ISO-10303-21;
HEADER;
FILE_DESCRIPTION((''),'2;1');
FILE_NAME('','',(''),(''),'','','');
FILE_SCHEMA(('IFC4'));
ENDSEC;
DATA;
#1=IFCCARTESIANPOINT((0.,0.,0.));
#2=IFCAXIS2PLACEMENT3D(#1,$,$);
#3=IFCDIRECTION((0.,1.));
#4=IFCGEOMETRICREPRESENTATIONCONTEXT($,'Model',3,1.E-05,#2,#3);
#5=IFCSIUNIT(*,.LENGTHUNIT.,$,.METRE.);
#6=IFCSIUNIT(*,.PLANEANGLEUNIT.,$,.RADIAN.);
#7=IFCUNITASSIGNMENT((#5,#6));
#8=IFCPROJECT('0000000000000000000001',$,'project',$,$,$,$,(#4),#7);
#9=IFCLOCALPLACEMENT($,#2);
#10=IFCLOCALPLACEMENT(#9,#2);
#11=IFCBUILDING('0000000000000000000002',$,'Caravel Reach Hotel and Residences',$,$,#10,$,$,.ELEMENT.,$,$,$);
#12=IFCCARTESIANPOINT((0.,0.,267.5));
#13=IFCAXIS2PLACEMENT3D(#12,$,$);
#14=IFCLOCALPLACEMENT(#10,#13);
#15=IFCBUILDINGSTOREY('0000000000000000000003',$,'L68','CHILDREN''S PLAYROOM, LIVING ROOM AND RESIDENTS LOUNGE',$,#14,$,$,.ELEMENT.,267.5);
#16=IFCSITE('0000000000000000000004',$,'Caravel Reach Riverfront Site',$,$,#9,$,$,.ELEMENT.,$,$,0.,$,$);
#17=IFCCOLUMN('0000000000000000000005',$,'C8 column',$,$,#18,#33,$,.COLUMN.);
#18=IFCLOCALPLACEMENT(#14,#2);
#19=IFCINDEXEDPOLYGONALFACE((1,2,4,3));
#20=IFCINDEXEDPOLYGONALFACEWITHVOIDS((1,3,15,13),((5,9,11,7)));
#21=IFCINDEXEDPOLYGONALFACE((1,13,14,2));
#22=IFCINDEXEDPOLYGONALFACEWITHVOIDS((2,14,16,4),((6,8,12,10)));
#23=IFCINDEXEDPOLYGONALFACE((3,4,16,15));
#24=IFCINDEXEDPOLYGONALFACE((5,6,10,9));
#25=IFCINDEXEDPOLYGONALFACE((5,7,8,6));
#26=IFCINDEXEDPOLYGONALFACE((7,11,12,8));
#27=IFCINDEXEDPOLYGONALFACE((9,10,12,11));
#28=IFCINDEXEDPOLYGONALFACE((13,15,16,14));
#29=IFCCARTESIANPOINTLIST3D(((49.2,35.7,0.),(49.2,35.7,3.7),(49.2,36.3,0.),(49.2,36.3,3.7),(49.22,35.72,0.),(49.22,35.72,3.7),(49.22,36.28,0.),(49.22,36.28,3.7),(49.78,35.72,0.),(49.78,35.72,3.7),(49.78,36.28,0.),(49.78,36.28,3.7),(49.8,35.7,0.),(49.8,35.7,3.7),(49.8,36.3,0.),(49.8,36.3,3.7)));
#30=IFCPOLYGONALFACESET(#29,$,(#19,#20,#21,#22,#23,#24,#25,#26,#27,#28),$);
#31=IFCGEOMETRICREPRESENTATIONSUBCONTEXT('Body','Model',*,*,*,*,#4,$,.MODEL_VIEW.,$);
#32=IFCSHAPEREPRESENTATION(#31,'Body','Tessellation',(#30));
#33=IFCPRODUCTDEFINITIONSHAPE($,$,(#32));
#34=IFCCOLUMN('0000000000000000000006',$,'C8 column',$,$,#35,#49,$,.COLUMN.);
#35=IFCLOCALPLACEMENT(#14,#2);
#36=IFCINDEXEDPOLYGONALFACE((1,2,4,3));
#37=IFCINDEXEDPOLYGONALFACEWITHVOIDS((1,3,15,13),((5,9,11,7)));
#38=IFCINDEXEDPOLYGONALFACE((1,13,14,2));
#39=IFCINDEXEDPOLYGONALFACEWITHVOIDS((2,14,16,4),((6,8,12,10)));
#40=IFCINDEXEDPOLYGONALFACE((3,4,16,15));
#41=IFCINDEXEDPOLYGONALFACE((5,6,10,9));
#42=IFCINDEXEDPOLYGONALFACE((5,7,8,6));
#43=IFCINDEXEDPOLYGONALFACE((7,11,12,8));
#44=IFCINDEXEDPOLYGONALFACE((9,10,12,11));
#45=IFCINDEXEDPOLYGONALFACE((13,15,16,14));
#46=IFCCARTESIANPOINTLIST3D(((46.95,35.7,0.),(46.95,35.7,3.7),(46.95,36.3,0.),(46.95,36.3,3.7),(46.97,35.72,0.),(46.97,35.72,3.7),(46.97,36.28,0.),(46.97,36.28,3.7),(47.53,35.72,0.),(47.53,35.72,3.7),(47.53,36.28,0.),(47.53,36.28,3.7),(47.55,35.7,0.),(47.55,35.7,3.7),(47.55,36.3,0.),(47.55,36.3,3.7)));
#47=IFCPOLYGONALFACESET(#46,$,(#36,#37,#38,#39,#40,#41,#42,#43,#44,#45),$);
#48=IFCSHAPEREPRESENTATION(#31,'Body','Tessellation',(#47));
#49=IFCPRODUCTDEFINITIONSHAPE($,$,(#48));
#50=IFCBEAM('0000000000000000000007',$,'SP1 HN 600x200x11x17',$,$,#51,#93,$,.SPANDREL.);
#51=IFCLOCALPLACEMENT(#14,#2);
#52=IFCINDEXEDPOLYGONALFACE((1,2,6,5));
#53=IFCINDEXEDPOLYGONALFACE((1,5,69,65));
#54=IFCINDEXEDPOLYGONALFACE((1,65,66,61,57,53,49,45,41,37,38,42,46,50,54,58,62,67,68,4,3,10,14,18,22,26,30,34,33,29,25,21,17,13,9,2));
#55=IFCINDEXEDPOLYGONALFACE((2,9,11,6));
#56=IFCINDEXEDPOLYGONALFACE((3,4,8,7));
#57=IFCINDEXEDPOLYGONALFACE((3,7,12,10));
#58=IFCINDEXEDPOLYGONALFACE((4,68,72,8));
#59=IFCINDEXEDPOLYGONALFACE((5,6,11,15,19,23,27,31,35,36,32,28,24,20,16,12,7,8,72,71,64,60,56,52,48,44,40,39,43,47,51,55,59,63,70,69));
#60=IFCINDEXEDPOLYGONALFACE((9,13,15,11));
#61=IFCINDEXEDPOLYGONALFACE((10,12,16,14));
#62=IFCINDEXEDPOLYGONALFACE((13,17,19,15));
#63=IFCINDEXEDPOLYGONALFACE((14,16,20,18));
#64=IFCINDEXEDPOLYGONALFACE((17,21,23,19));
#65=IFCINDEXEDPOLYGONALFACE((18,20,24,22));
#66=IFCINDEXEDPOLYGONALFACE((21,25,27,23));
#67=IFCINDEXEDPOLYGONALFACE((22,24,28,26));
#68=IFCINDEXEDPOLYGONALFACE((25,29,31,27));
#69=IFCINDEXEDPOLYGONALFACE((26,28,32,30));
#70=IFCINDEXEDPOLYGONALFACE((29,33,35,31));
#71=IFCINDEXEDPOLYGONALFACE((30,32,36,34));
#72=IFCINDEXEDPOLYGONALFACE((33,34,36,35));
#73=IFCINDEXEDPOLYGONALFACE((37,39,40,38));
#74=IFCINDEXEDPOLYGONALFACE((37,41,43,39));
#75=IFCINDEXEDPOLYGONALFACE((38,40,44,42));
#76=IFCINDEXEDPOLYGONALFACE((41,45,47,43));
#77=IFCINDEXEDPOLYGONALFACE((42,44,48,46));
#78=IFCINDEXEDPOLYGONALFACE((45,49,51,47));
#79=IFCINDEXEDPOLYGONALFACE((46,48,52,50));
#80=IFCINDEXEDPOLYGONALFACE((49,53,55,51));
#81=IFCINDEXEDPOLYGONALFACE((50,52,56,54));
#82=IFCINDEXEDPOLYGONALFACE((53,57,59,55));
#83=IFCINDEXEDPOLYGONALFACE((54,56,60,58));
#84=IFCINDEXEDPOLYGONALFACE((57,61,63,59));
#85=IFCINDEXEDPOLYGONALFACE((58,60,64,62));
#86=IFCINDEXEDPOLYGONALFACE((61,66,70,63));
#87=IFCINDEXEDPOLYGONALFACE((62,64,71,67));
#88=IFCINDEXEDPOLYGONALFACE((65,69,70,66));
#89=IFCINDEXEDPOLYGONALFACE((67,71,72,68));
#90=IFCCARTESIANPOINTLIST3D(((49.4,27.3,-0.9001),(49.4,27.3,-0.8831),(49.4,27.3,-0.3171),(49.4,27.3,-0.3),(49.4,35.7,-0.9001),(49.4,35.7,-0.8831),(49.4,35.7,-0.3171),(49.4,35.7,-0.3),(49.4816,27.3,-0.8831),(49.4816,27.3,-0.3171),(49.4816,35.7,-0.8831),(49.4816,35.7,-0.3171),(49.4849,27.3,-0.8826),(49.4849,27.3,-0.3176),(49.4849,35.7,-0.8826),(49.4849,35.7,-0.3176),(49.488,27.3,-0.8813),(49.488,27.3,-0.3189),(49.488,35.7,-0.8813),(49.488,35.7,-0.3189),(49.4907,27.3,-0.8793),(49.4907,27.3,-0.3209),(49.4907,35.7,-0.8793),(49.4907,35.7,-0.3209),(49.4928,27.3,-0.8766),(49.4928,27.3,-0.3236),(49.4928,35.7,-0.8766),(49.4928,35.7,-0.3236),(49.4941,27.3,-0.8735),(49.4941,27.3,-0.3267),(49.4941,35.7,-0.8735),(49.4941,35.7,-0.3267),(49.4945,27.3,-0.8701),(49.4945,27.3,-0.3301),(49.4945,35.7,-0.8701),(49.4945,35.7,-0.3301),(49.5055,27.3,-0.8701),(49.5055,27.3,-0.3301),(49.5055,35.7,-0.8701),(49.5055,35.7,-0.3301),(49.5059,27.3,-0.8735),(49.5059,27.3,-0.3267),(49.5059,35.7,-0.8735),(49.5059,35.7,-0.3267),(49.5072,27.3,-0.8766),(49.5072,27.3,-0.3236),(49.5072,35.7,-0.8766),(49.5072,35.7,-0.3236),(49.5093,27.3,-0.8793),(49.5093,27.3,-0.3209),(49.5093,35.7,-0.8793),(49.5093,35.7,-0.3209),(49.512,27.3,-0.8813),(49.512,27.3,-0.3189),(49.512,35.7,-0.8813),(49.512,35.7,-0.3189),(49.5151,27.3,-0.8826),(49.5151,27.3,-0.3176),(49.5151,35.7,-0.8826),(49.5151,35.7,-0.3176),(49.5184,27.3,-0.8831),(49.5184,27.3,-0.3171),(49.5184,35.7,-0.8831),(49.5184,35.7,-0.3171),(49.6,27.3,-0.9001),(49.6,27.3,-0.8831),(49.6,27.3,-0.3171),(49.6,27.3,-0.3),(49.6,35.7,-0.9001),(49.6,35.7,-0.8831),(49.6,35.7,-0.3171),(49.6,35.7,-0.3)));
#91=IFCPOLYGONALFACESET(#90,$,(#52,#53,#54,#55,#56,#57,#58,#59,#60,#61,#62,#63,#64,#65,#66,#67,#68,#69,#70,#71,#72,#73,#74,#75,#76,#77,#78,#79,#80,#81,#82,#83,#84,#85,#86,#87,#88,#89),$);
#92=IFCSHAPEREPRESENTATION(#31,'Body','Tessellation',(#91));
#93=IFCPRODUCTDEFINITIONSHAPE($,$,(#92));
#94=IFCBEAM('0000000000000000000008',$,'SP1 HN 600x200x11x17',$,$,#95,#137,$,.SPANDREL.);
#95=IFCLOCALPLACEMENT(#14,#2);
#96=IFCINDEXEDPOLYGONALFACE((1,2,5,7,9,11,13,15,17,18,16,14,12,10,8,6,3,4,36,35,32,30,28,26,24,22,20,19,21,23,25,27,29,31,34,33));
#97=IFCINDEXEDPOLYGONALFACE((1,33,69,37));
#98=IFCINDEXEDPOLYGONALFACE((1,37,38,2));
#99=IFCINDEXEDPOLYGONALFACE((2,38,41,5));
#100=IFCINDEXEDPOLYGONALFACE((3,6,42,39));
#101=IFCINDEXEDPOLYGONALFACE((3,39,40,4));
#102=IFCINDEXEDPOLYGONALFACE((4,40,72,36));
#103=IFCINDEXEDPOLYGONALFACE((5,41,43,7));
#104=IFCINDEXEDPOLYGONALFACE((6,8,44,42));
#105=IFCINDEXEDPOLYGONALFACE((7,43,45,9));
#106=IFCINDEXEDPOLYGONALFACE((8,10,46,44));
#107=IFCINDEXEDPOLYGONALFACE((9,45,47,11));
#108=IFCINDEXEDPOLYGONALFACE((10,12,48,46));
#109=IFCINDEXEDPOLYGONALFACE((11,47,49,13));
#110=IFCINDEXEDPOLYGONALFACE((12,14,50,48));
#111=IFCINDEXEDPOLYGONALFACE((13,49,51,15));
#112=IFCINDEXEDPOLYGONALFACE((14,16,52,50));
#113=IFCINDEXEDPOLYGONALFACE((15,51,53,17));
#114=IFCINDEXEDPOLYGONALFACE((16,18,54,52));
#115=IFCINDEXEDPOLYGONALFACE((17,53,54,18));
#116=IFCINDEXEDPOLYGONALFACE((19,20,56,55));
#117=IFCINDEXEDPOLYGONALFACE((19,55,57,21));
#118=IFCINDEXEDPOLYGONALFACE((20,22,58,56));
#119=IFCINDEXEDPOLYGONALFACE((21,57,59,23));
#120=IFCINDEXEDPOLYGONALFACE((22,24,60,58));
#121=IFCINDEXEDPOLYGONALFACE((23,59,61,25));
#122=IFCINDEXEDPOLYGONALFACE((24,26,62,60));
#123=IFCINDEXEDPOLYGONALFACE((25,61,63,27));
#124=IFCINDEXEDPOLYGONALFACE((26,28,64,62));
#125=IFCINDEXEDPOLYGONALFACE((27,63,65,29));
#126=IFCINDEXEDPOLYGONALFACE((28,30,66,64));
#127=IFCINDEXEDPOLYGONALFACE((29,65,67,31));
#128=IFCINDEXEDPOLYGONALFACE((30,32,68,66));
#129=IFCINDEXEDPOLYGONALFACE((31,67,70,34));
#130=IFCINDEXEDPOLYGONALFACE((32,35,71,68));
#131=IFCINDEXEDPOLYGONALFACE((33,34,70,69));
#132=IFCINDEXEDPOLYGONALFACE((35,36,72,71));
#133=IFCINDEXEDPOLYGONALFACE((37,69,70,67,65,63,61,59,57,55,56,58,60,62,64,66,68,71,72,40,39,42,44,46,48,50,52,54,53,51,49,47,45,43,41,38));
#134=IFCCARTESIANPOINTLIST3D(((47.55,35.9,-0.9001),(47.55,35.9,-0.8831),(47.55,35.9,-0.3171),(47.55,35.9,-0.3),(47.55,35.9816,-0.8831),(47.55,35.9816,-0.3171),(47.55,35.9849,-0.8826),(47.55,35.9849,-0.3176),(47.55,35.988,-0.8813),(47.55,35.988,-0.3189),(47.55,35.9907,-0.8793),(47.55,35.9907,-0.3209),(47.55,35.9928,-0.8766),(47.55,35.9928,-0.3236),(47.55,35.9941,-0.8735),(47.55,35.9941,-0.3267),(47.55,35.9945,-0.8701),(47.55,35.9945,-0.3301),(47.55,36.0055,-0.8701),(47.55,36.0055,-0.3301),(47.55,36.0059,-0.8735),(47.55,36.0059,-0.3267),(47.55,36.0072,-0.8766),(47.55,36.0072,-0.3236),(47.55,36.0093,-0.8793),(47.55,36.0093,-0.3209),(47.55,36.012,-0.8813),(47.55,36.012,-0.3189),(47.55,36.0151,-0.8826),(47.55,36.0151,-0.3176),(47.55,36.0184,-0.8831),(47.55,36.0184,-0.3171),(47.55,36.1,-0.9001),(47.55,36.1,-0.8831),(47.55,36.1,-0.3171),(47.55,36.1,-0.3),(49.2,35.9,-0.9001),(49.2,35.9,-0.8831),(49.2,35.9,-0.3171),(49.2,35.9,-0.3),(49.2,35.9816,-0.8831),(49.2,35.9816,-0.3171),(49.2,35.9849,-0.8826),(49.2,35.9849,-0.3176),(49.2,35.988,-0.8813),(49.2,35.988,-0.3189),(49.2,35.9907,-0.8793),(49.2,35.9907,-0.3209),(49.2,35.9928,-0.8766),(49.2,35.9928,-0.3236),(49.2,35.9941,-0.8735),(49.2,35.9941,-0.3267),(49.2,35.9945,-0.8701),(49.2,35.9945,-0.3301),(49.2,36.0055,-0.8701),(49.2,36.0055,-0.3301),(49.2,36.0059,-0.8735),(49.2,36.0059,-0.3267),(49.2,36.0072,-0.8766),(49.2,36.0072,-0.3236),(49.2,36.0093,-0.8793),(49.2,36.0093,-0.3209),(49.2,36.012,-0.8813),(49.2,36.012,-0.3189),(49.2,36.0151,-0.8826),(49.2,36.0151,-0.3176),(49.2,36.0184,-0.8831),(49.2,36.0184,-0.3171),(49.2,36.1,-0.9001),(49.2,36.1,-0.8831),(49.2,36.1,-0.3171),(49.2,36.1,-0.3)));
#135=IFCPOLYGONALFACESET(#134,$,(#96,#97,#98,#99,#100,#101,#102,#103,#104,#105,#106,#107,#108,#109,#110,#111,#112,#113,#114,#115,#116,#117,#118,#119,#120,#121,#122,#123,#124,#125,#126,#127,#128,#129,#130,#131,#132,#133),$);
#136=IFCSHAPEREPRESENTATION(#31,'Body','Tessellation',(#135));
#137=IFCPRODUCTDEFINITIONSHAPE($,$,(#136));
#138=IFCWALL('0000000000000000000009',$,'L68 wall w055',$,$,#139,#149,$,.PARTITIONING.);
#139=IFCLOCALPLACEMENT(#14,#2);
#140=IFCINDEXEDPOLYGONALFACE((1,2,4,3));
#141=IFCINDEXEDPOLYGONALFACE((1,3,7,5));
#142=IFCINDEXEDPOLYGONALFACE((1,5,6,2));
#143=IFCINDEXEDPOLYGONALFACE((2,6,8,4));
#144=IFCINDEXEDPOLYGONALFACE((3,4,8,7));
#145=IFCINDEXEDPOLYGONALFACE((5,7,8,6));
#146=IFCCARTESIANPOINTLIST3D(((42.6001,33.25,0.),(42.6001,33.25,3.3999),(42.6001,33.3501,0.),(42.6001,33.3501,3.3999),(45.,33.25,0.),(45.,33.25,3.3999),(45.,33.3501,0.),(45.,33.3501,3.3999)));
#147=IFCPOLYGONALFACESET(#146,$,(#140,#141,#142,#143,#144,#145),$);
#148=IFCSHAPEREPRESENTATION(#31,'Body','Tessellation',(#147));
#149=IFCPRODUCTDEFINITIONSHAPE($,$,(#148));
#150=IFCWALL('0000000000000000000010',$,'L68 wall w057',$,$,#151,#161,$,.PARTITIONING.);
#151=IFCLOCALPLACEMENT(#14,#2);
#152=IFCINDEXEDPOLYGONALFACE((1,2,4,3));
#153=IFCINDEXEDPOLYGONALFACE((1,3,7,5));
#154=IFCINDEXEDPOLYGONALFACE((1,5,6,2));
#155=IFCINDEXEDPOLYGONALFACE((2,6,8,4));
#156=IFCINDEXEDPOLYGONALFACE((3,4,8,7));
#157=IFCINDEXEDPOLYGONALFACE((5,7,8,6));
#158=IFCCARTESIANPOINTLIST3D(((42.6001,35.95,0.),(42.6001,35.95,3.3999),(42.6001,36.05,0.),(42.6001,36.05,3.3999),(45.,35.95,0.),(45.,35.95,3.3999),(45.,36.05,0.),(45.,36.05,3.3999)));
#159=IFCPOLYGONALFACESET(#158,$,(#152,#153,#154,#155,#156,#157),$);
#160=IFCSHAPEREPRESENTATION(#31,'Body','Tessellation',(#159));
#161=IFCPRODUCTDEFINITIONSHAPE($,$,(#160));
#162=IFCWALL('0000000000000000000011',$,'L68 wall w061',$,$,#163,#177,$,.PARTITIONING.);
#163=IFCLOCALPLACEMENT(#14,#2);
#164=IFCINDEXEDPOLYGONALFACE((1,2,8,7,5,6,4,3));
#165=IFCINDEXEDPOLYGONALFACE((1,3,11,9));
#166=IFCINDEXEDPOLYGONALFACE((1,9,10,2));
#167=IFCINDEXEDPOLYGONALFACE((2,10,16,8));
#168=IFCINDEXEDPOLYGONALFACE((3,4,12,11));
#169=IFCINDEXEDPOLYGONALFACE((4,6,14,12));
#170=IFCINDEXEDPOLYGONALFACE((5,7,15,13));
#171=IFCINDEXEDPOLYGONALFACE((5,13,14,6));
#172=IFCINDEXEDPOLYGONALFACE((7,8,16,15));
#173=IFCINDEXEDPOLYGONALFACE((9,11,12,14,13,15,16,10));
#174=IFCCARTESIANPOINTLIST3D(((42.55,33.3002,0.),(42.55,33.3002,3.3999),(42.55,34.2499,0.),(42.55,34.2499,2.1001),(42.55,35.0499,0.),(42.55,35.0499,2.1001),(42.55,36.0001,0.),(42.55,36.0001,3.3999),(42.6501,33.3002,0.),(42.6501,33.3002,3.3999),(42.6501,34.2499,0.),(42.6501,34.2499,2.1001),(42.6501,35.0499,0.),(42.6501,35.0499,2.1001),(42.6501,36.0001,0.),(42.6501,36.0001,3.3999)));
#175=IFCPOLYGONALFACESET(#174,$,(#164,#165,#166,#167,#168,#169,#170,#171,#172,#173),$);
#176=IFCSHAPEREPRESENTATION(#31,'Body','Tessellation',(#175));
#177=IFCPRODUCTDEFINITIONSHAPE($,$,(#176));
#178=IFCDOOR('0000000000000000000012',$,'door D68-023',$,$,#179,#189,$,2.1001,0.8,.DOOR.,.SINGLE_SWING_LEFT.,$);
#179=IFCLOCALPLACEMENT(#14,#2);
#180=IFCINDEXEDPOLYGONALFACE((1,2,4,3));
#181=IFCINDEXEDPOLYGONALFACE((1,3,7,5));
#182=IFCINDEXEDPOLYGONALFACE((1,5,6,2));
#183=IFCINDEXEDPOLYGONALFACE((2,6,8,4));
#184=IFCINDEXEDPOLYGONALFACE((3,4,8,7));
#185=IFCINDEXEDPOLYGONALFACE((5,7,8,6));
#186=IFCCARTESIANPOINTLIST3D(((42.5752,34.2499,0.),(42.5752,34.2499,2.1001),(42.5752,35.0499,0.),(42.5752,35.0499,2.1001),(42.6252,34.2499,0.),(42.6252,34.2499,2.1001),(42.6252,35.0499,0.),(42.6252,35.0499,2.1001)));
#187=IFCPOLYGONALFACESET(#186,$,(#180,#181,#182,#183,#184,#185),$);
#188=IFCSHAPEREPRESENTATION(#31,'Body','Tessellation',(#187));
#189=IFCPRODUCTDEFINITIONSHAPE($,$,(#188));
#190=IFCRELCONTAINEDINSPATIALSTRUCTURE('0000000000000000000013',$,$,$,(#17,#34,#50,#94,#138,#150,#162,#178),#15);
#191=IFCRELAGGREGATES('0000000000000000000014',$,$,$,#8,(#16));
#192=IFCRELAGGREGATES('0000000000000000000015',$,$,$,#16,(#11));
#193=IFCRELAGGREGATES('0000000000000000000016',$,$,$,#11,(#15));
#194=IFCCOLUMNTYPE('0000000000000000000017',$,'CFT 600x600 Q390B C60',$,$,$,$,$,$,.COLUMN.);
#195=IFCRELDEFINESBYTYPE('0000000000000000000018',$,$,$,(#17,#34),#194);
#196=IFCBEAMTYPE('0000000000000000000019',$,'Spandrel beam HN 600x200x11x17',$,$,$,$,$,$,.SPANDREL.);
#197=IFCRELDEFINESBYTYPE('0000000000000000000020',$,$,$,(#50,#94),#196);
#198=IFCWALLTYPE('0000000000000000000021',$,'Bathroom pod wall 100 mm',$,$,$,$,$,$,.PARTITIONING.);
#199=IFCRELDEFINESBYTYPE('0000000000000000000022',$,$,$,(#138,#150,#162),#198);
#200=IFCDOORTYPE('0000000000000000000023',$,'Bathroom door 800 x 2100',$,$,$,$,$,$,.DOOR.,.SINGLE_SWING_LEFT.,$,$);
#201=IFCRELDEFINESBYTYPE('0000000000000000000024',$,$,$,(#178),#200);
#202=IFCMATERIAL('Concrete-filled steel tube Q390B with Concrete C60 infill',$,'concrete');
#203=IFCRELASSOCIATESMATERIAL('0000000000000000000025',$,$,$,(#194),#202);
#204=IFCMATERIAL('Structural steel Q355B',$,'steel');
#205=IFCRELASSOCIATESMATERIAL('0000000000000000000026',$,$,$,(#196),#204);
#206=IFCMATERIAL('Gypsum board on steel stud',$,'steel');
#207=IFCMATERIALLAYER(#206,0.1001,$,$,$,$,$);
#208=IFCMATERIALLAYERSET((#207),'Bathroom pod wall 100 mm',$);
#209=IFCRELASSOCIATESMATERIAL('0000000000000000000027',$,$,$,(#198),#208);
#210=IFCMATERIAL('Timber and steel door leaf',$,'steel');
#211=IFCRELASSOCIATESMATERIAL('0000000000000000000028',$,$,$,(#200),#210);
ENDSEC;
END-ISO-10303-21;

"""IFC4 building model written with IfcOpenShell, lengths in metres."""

from ifc_helpers import new_model, si_unit, direction, frame, frame_2d, origin, origin_2d, place, context, subcontext, project, spatial, rectangle, hollow_rectangle, i_section, extrude, material, layer, layer_set, material_profile, profile_set, type_object, element, fill, save


model = new_model("IFC4")

# Units and contexts
model_context = context("Model", 3, precision=1e-05, world=origin(), true_north=direction((0.0, 1.0)))
body_context = subcontext(model_context, "Body", "Model", "MODEL_VIEW")
ifc_project = project(units=[si_unit("LENGTHUNIT", "METRE"), si_unit("PLANEANGLEUNIT", "RADIAN")], contexts=[model_context])

# Site, building, storey
site_placement = place(None, origin())
site = spatial("IfcSite", under=ifc_project, at=site_placement, Name="Caravel Reach Riverfront Site", CompositionType="ELEMENT", RefElevation=0.0)
building_placement = place(site_placement, origin())
building = spatial("IfcBuilding", under=site, at=building_placement, Name="Caravel Reach Hotel and Residences", CompositionType="ELEMENT")
storey_placement = place(building_placement, frame((0.0, 0.0, 267.5)))
storey = spatial("IfcBuildingStorey", under=building, at=storey_placement, Name="L68", Description="CHILDREN'S PLAYROOM, LIVING ROOM AND RESIDENTS LOUNGE", CompositionType="ELEMENT", Elevation=267.5)

# Columns
ifc_material_1 = material(Name="Concrete-filled steel tube Q390B with Concrete C60 infill", Category="concrete")
ifc_material_profile_1 = material_profile(ifc_material_1, hollow_rectangle(XDim=0.6001, YDim=0.6001, WallThickness=0.02, at=origin_2d()), Name="RHS 600x600x20")
ifc_profile_set_1 = profile_set([ifc_material_profile_1], Name="Concrete-filled steel tube Q390B with Concrete C60 infill")
column_type = type_object("IfcColumnType", Name="CFT 600x600 Q390B C60", PredefinedType="COLUMN", material=ifc_profile_set_1)
for number, where, z_axis, x_axis, name in (
    (1, (49.5, 36.0, 0.0), (0.0, 0.0, 1.0), (1.0, 0.0, 0.0), "C8 column"),
    (2, (47.25, 36.0, 0.0), (0.0, 0.0, 1.0), (1.0, 0.0, 0.0), "C8 column"),
):
    element("IfcColumn", number, at=place(storey_placement, frame(where, z_axis=z_axis, x_axis=x_axis)), inside=storey, type_object=column_type, Name=name, PredefinedType="COLUMN", context=body_context, shape_type="SweptSolid", body=[
        extrude(hollow_rectangle(XDim=0.6001, YDim=0.6001, WallThickness=0.02, at=origin_2d()), origin(), (0.0, 0.0, 1.0), 3.7),
    ])

# Beams
ifc_material_2 = material(Name="Structural steel Q355B", Category="steel")
ifc_material_profile_2 = material_profile(ifc_material_2, i_section(OverallWidth=0.2, OverallDepth=0.6001, WebThickness=0.011, FlangeThickness=0.0171, FilletRadius=0.0129, at=origin_2d()), Name="HN 600x200x11x17")
ifc_profile_set_2 = profile_set([ifc_material_profile_2], Name="Structural steel Q355B")
beam_type = type_object("IfcBeamType", Name="Spandrel beam HN 600x200x11x17", PredefinedType="SPANDREL", material=ifc_profile_set_2)
beam_1_placement = place(storey_placement, frame((49.5, 27.3, -0.6001), z_axis=(0.0, 1.0, 0.0), x_axis=(-1.0, 0.0, 0.0)))
element("IfcBeam", 3, at=beam_1_placement, inside=storey, type_object=beam_type, Name="SP1 HN 600x200x11x17", PredefinedType="SPANDREL", context=body_context, shape_type="SweptSolid", body=[
    extrude(i_section(OverallWidth=0.2, OverallDepth=0.6001, WebThickness=0.011, FlangeThickness=0.0171, FilletRadius=0.0129, at=origin_2d()), origin(), (0.0, 0.0, 1.0), 8.3999),
])
beam_2_placement = place(storey_placement, frame((49.2, 36.0, -0.6001), z_axis=(-1.0, 0.0, 0.0), x_axis=(0.0, -1.0, 0.0)))
element("IfcBeam", 4, at=beam_2_placement, inside=storey, type_object=beam_type, Name="SP1 HN 600x200x11x17", PredefinedType="SPANDREL", context=body_context, shape_type="SweptSolid", body=[
    extrude(i_section(OverallWidth=0.2, OverallDepth=0.6001, WebThickness=0.011, FlangeThickness=0.0171, FilletRadius=0.0129, at=origin_2d()), origin(), (0.0, 0.0, 1.0), 1.6499),
])

# Walls
ifc_material_3 = material(Name="Gypsum board on steel stud", Category="steel")
ifc_layer_1 = layer(ifc_material_3, 0.1001)
ifc_layer_set_1 = layer_set([ifc_layer_1], Name="Bathroom pod wall 100 mm")
wall_type_1 = type_object("IfcWallType", Name="Bathroom pod wall 100 mm", PredefinedType="PARTITIONING", material=ifc_layer_set_1)
for number, where, z_axis, x_axis, name in (
    (5, (42.6001, 33.3, 0.0), (0.0, 0.0, 1.0), (1.0, 0.0, 0.0), "L68 wall w055"),
    (6, (42.6001, 36.0, 0.0), (0.0, 0.0, 1.0), (1.0, 0.0, 0.0), "L68 wall w057"),
):
    element("IfcWall", number, at=place(storey_placement, frame(where, z_axis=z_axis, x_axis=x_axis)), inside=storey, type_object=wall_type_1, Name=name, PredefinedType="PARTITIONING", context=body_context, shape_type="SweptSolid", body=[
        extrude(rectangle(XDim=2.3999, YDim=0.1001, at=frame_2d((1.2, 0.0))), origin(), (0.0, 0.0, 1.0), 3.3999),
    ])

# Wall, opening, door
wall_1_placement = place(storey_placement, frame((42.6001, 33.3, 0.0), z_axis=(0.0, 0.0, 1.0), x_axis=(0.0, 1.0, 0.0)))
wall_1 = element("IfcWall", 7, at=wall_1_placement, inside=storey, type_object=wall_type_1, Name="L68 wall w061", PredefinedType="PARTITIONING", context=body_context, shape_type="SweptSolid", body=[
    extrude(rectangle(XDim=2.7, YDim=0.1001, at=frame_2d((1.3501, 0.0))), origin(), (0.0, 0.0, 1.0), 3.3999),
])
opening_1_placement = place(wall_1_placement, frame((0.95, 0.0, 0.0)))
opening_1 = element("IfcOpeningElement", 8, at=opening_1_placement, cuts=wall_1, PredefinedType="OPENING", context=body_context, shape_type="SweptSolid", body=[
    extrude(rectangle(XDim=0.8, YDim=2.1001, at=frame_2d((0.3999, 1.05))), frame((0.0, 0.0601, 0.0), z_axis=(0.0, -1.0, 0.0), x_axis=(1.0, 0.0, 0.0)), (0.0, 0.0, 1.0), 0.1201),
])
ifc_material_4 = material(Name="Timber and steel door leaf", Category="steel")
door_type = type_object("IfcDoorType", Name="Bathroom door 800 x 2100", OperationType="SINGLE_SWING_LEFT", PredefinedType="DOOR", material=ifc_material_4)
door_placement = place(opening_1_placement, origin())
door = element("IfcDoor", 9, at=door_placement, inside=storey, type_object=door_type, Name="door D68-023", OperationType="SINGLE_SWING_LEFT", OverallHeight=2.1001, OverallWidth=0.8, PredefinedType="DOOR", context=body_context, shape_type="SweptSolid", body=[
    extrude(rectangle(XDim=0.8, YDim=2.1001, at=frame_2d((0.3999, 1.05))), frame((0.0, 0.0249, 0.0), z_axis=(0.0, -1.0, 0.0), x_axis=(1.0, 0.0, 0.0)), (0.0, 0.0, 1.0), 0.05),
])
fill(opening_1, door)

save(model, "model.ifc")
